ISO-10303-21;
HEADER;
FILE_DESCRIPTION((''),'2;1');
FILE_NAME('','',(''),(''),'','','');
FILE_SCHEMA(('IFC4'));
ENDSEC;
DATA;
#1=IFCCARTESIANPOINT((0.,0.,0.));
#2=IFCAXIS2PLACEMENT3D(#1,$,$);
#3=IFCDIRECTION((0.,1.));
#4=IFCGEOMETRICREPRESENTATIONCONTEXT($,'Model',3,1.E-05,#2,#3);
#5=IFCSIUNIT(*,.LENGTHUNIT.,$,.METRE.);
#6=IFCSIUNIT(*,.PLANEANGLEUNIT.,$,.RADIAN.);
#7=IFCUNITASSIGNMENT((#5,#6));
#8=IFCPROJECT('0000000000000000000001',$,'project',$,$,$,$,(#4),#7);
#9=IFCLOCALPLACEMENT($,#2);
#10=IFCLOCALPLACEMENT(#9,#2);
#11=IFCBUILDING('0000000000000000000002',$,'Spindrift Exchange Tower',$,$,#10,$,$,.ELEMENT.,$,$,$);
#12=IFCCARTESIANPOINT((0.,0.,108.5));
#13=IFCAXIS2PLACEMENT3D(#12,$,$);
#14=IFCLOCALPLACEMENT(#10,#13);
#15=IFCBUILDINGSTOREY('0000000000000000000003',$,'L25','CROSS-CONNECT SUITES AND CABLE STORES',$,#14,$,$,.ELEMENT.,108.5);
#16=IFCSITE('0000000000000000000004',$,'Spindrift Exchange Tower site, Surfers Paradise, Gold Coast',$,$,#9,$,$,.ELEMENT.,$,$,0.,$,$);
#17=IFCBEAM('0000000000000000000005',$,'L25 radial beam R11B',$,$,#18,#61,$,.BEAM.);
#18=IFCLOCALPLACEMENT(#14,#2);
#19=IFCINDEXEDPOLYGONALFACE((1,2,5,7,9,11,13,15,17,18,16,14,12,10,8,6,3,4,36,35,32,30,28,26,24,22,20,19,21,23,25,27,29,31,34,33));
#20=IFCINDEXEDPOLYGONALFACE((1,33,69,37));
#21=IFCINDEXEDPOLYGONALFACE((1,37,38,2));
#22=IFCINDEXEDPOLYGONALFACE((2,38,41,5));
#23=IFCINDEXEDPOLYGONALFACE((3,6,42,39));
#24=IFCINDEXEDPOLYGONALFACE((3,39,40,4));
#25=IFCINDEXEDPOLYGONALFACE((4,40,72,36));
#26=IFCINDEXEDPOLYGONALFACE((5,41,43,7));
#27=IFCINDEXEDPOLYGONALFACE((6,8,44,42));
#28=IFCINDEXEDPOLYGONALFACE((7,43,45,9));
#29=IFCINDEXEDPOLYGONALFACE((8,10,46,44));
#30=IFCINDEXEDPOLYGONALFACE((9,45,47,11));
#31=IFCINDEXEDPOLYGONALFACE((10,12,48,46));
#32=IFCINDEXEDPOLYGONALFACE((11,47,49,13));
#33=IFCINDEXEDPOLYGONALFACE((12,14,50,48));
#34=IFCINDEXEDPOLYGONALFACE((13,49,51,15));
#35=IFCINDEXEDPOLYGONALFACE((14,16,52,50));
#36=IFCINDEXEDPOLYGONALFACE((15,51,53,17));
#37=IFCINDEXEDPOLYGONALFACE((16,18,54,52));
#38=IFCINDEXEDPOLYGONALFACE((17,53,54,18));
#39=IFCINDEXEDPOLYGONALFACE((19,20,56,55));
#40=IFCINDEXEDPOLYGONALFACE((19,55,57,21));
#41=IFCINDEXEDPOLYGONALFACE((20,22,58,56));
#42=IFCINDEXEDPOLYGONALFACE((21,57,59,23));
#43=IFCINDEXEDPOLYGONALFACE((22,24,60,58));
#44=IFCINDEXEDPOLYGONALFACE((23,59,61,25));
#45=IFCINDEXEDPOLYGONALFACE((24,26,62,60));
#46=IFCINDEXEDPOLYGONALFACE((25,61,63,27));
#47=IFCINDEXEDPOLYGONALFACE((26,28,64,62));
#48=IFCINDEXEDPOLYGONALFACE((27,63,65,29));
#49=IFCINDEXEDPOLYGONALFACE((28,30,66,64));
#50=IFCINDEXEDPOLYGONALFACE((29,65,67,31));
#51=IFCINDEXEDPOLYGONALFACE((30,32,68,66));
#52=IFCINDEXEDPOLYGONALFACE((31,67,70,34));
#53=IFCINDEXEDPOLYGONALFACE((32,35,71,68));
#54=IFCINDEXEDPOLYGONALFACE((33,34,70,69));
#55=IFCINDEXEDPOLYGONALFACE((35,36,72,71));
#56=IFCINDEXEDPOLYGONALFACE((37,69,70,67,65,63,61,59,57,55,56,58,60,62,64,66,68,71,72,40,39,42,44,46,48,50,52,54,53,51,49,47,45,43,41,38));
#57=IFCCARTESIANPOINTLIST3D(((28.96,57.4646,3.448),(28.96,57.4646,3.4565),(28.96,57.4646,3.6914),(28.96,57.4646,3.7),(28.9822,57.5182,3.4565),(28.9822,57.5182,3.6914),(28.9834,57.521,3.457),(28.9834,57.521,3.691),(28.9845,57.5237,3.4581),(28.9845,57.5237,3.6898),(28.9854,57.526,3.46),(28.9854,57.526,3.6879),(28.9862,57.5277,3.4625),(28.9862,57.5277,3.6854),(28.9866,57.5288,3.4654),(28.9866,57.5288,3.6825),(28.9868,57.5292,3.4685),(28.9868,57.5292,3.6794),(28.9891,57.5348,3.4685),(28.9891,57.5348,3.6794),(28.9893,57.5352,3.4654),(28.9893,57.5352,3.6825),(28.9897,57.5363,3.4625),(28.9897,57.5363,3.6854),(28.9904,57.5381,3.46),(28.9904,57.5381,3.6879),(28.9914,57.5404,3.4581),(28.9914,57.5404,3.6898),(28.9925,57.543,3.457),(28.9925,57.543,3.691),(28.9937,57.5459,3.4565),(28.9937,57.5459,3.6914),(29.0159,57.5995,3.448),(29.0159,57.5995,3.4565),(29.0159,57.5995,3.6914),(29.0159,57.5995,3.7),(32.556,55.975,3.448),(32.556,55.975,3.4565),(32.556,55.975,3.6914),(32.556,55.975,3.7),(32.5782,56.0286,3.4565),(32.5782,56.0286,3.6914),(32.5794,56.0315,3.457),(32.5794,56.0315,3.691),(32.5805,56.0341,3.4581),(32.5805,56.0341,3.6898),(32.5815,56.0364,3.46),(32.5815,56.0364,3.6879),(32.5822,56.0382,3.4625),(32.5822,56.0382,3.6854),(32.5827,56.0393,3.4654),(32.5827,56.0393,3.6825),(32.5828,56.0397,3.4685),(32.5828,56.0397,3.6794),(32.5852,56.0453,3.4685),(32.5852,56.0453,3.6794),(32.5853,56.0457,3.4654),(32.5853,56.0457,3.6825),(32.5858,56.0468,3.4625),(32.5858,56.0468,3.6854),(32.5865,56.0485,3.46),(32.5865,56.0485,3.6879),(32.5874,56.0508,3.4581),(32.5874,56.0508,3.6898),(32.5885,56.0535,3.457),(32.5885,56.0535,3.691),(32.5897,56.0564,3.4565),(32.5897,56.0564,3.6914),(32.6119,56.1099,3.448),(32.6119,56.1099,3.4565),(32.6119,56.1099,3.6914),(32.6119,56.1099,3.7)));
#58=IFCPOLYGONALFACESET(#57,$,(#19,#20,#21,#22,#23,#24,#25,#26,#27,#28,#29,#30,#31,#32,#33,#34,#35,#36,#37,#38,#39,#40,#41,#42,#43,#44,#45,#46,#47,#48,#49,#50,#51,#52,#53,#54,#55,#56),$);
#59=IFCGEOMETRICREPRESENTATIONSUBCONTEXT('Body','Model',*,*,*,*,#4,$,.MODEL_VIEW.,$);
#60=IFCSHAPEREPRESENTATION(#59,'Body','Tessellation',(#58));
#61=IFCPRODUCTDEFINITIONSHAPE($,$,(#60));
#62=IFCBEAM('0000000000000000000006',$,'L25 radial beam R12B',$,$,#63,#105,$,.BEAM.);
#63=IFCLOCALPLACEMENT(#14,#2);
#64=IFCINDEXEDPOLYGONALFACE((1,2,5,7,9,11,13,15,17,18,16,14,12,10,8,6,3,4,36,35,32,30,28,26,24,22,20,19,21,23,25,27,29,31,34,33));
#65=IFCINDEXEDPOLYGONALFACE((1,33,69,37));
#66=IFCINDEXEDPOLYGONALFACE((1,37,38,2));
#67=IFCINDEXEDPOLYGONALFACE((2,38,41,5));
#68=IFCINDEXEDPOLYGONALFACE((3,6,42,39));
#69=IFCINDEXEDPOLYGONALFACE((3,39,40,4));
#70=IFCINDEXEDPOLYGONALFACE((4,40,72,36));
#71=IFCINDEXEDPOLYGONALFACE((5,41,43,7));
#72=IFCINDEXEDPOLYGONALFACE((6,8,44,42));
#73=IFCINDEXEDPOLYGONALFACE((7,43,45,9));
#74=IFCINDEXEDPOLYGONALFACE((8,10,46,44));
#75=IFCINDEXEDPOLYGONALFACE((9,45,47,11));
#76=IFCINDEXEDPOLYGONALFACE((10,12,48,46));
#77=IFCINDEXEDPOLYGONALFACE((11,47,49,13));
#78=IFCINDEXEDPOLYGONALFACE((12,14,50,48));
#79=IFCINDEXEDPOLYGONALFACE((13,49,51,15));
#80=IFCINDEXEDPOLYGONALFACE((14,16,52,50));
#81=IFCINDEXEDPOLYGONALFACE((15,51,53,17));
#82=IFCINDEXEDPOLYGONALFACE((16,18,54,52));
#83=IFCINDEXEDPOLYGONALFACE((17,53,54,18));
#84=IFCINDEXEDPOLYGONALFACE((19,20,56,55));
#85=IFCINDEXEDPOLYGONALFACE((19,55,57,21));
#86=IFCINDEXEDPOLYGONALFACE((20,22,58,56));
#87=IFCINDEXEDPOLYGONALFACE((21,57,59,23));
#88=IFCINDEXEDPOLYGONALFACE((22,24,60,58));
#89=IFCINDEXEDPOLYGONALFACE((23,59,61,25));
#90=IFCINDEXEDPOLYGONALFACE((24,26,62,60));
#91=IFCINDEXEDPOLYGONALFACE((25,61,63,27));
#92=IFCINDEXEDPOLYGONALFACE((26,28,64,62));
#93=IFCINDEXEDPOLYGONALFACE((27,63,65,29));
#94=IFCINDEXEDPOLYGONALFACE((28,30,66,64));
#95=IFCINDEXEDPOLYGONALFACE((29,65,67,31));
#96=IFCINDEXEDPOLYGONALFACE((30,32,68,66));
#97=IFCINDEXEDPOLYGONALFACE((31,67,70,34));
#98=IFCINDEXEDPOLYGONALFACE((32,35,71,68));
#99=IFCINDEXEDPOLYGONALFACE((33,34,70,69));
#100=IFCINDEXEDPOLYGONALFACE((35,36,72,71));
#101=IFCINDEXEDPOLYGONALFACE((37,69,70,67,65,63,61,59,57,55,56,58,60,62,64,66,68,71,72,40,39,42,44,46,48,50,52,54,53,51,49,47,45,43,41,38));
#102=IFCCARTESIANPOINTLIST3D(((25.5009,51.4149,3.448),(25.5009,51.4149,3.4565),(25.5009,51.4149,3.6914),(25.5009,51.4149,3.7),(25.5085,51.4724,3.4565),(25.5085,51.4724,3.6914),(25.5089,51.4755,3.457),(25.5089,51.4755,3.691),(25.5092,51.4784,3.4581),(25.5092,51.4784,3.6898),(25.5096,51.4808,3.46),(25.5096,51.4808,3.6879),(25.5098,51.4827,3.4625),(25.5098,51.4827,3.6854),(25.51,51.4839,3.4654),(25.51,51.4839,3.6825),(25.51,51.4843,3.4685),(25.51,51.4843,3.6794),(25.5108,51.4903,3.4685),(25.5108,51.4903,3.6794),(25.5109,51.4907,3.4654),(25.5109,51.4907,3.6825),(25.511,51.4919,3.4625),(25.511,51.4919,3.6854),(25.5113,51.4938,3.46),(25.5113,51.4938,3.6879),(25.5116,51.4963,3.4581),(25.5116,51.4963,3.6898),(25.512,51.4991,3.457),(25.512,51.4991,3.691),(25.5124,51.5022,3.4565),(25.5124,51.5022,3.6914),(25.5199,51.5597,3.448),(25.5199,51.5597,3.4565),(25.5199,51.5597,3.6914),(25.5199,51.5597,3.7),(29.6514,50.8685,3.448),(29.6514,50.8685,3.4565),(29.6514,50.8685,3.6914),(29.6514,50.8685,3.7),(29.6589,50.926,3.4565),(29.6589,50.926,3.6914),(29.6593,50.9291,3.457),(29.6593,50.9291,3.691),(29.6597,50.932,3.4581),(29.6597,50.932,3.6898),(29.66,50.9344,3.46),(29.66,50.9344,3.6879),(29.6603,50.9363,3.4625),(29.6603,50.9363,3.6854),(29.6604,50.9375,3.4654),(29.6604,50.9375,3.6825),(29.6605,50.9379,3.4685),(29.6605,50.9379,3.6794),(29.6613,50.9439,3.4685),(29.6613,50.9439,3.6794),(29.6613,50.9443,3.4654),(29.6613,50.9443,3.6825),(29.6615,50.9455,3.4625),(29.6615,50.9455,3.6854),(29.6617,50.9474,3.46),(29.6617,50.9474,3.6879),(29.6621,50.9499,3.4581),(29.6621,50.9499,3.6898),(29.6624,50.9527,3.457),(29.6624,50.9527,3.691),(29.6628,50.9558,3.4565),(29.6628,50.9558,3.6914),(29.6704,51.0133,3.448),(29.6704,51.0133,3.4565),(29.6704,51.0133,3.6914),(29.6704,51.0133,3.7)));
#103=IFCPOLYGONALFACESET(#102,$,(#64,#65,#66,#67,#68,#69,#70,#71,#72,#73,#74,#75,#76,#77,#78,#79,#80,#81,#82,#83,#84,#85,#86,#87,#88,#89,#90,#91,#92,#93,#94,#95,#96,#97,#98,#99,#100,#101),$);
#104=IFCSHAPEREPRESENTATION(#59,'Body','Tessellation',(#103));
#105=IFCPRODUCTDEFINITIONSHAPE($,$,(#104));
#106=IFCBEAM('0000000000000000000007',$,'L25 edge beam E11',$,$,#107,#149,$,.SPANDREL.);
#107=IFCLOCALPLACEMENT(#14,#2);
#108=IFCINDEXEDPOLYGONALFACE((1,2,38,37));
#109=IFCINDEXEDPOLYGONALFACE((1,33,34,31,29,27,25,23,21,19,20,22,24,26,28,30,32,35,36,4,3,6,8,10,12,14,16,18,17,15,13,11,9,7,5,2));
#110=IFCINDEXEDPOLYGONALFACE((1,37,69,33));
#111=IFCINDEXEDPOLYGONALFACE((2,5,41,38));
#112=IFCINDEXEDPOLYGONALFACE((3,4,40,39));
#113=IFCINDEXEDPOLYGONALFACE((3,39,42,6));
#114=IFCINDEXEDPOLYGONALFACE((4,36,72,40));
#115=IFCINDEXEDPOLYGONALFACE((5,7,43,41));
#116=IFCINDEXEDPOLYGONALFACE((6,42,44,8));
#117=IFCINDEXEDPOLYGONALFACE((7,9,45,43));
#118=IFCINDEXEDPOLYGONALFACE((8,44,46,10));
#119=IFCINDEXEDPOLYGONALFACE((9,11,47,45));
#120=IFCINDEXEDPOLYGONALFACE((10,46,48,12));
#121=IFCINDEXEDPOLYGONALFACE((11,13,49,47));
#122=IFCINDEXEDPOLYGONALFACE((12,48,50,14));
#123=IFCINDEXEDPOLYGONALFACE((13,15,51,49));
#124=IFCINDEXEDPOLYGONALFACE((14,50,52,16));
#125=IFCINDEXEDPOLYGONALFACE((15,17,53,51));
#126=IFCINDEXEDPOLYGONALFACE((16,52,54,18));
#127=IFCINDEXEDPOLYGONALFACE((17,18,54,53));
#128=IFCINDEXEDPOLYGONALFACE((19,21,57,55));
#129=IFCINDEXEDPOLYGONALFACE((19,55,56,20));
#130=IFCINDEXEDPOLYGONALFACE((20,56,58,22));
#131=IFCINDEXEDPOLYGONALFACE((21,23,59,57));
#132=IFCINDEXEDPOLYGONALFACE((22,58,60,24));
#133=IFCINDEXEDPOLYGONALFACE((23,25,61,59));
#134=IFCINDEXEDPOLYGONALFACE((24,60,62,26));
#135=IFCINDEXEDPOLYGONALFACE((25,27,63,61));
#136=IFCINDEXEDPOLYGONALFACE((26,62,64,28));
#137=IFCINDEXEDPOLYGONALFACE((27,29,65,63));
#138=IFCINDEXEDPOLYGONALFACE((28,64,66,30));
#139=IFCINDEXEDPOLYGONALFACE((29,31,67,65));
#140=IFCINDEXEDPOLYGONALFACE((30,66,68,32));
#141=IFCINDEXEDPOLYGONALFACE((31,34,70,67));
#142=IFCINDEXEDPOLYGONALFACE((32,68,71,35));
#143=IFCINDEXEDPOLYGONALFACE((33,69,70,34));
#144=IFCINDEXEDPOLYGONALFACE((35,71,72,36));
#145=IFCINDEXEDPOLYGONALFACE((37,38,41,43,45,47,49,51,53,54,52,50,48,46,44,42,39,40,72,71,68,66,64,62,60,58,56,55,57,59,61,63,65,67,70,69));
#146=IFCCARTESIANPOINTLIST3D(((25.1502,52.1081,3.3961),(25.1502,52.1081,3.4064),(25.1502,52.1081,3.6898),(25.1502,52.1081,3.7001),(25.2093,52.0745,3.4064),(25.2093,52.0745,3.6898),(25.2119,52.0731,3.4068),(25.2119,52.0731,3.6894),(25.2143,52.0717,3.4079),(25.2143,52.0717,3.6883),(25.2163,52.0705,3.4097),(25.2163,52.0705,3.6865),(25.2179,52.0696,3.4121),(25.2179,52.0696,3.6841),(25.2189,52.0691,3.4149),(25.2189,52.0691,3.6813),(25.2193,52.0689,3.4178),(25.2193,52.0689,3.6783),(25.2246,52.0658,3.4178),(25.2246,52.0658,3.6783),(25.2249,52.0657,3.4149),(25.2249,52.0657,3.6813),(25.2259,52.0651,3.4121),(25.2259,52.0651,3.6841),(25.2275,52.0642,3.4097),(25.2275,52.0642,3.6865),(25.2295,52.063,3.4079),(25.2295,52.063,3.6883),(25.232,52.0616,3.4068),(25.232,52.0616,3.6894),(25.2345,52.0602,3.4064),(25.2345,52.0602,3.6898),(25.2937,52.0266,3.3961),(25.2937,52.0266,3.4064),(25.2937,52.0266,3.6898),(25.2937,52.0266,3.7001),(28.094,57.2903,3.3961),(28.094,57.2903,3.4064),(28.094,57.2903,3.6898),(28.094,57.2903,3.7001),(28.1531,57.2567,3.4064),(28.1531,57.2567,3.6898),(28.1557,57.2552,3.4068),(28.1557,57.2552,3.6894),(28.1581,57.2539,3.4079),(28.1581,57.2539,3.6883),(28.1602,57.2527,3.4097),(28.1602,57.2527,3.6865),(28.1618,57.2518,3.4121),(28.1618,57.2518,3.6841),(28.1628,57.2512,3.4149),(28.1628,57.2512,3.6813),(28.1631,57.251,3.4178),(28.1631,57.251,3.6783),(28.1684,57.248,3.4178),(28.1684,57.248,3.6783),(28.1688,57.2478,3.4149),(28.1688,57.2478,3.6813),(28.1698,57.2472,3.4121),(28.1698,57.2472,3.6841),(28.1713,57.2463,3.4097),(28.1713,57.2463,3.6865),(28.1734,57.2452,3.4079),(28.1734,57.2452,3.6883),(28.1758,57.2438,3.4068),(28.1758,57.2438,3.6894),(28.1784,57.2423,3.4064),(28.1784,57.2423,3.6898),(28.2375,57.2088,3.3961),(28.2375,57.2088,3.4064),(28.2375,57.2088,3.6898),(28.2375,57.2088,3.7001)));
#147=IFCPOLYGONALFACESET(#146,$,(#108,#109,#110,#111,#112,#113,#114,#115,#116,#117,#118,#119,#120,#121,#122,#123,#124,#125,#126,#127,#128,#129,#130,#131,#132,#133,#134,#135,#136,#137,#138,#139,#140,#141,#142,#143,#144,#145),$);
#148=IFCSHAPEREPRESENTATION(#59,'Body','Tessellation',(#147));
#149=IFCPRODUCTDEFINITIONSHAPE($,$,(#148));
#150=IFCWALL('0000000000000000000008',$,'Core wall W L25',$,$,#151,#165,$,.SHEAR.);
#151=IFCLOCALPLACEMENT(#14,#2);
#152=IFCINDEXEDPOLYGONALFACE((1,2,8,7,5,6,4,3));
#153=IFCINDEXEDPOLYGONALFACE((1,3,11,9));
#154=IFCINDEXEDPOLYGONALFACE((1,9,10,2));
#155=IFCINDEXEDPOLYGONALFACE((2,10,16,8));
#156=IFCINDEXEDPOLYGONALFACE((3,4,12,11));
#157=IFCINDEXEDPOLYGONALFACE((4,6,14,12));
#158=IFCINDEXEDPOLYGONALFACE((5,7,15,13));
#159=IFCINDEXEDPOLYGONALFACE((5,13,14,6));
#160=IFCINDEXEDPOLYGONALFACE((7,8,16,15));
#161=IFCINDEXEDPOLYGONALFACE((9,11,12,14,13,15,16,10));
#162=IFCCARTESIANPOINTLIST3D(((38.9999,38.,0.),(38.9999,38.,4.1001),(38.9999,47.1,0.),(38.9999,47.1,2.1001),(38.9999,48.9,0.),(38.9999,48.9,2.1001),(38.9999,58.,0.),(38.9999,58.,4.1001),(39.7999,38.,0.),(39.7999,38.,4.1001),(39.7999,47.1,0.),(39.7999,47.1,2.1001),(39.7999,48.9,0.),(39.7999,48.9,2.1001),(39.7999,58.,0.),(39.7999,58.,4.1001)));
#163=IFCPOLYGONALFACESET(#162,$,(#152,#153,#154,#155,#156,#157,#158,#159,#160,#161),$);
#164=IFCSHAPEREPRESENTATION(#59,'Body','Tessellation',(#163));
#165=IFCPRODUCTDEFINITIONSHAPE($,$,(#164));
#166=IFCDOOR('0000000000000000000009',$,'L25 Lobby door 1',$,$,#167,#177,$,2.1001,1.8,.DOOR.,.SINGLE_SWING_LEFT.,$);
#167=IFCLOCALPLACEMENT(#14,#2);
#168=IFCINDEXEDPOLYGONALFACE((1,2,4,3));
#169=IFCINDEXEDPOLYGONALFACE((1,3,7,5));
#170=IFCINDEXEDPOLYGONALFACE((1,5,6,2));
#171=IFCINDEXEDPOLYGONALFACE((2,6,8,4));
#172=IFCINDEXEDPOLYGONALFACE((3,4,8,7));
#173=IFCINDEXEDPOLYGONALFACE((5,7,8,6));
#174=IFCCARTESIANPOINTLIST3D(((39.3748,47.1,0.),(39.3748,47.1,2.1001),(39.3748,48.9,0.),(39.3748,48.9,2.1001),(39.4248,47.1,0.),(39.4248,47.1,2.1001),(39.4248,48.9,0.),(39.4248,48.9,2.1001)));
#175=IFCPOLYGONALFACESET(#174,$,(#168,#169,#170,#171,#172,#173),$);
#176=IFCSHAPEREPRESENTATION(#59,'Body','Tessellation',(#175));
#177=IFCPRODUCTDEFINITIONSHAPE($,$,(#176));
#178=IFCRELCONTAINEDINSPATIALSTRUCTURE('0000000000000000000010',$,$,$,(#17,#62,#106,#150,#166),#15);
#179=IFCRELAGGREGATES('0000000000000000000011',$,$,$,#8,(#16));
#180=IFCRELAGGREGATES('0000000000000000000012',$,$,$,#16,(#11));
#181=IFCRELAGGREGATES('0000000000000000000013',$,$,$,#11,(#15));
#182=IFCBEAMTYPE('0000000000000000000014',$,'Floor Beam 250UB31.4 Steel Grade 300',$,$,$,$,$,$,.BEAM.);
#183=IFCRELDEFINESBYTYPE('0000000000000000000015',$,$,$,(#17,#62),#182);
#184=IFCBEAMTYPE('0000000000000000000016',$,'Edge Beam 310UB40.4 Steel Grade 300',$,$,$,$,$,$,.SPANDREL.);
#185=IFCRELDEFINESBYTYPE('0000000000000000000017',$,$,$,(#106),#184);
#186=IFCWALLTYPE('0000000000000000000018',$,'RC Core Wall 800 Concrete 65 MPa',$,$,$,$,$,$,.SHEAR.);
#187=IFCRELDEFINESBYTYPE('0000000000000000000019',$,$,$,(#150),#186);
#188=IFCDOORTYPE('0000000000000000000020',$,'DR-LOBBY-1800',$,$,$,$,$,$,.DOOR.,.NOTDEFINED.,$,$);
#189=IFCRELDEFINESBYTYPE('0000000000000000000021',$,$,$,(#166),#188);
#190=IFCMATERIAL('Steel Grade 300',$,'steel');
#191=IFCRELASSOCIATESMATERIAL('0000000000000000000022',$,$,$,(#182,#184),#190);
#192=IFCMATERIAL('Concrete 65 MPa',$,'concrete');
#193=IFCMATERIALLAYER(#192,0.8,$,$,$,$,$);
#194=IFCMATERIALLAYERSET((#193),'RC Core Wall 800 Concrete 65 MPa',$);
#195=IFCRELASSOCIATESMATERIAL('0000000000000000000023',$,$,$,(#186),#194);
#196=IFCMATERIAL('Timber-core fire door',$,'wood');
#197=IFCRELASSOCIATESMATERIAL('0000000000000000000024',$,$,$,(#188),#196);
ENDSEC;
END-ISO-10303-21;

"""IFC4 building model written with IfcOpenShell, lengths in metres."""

from ifc_helpers import new_model, si_unit, direction, frame, frame_2d, origin, origin_2d, place, context, subcontext, project, spatial, rectangle, i_section, extrude, source, transform, mapped, material, layer, layer_set, material_profile, profile_set, type_object, element, fill, save


model = new_model("IFC4")

# Units and contexts
model_context = context("Model", 3, precision=1e-05, world=origin(), true_north=direction((0.0, 1.0)))
body_context = subcontext(model_context, "Body", "Model", "MODEL_VIEW")
ifc_project = project(units=[si_unit("LENGTHUNIT", "METRE"), si_unit("PLANEANGLEUNIT", "RADIAN")], contexts=[model_context])

# Site, building, storey
site_placement = place(None, origin())
site = spatial("IfcSite", under=ifc_project, at=site_placement, Name="Spindrift Exchange Tower site, Surfers Paradise, Gold Coast", CompositionType="ELEMENT", RefElevation=0.0)
building_placement = place(site_placement, origin())
building = spatial("IfcBuilding", under=site, at=building_placement, Name="Spindrift Exchange Tower", CompositionType="ELEMENT")
storey_placement = place(building_placement, frame((0.0, 0.0, 108.5)))
storey = spatial("IfcBuildingStorey", under=building, at=storey_placement, Name="L25", Description="CROSS-CONNECT SUITES AND CABLE STORES", CompositionType="ELEMENT", Elevation=108.5)

# Shared definitions
ifc_material_1 = material(Name="Concrete 65 MPa", Category="concrete")

# Beams
ifc_material_2 = material(Name="Steel Grade 300", Category="steel")
ifc_material_profile_1 = material_profile(ifc_material_2, i_section(OverallWidth=0.146, OverallDepth=0.252, WebThickness=0.0061, FlangeThickness=0.0085, FilletRadius=0.012, at=origin_2d()), Name="250UB31.4")
ifc_profile_set_1 = profile_set([ifc_material_profile_1], Name="Steel Grade 300")
beam_type_1 = type_object("IfcBeamType", Name="Floor Beam 250UB31.4 Steel Grade 300", PredefinedType="BEAM", material=ifc_profile_set_1)
shared_shape_1 = source(origin(), body_context, "Body", "SweptSolid", [
    extrude(i_section(OverallWidth=0.146, OverallDepth=0.252, WebThickness=0.0061, FlangeThickness=0.0085, FilletRadius=0.012, at=origin_2d()), origin(), (0.0, 0.0, 1.0), 3.8923),
])
beam_1_placement = place(storey_placement, frame((32.584, 56.0425, 3.574), z_axis=(-0.923878, 0.382686, 0.0), x_axis=(-0.382686, -0.923878, 0.0)))
element("IfcBeam", 1, at=beam_1_placement, inside=storey, type_object=beam_type_1, Name="L25 radial beam R11B", PredefinedType="BEAM", context=body_context, shape_type="MappedRepresentation", body=[
    mapped(shared_shape_1, transform((0.0, 0.0, 0.0), scale=1.0)),
])
shared_shape_2 = source(origin(), body_context, "Body", "SweptSolid", [
    extrude(i_section(OverallWidth=0.146, OverallDepth=0.252, WebThickness=0.0061, FlangeThickness=0.0085, FilletRadius=0.012, at=origin_2d()), origin(), (0.0, 0.0, 1.0), 4.1863),
])
beam_2_placement = place(storey_placement, frame((29.6609, 50.9409, 3.574), z_axis=(-0.991446, 0.130521, 0.0), x_axis=(-0.130521, -0.991446, 0.0)))
element("IfcBeam", 2, at=beam_2_placement, inside=storey, type_object=beam_type_1, Name="L25 radial beam R12B", PredefinedType="BEAM", context=body_context, shape_type="MappedRepresentation", body=[
    mapped(shared_shape_2, transform((0.0, 0.0, 0.0), scale=1.0)),
])
ifc_material_profile_2 = material_profile(ifc_material_2, i_section(OverallWidth=0.165, OverallDepth=0.304, WebThickness=0.0061, FlangeThickness=0.0103, FilletRadius=0.0115, at=origin_2d()), Name="310UB40.4")
ifc_profile_set_2 = profile_set([ifc_material_profile_2], Name="Steel Grade 300")
beam_type_2 = type_object("IfcBeamType", Name="Edge Beam 310UB40.4 Steel Grade 300", PredefinedType="SPANDREL", material=ifc_profile_set_2)
shared_shape_3 = source(origin(), body_context, "Body", "SweptSolid", [
    extrude(i_section(OverallWidth=0.165, OverallDepth=0.304, WebThickness=0.0061, FlangeThickness=0.0103, FilletRadius=0.0115, at=origin_2d()), origin(), (0.0, 0.0, 1.0), 5.96),
])
beam_3_placement = place(storey_placement, frame((28.1658, 57.2495, 3.5481), z_axis=(-0.49394, -0.869496, 0.0), x_axis=(0.869496, -0.49394, 0.0)))
element("IfcBeam", 3, at=beam_3_placement, inside=storey, type_object=beam_type_2, Name="L25 edge beam E11", PredefinedType="SPANDREL", context=body_context, shape_type="MappedRepresentation", body=[
    mapped(shared_shape_3, transform((0.0, 0.0, 0.0), scale=1.0)),
])

# Wall, opening, door
ifc_layer_1 = layer(ifc_material_1, 0.8)
ifc_layer_set_1 = layer_set([ifc_layer_1], Name="RC Core Wall 800 Concrete 65 MPa")
wall_type_1 = type_object("IfcWallType", Name="RC Core Wall 800 Concrete 65 MPa", PredefinedType="SHEAR", material=ifc_layer_set_1)
wall_1_placement = place(storey_placement, frame((39.3999, 58.0, 0.0), z_axis=(0.0, 0.0, 1.0), x_axis=(0.0, -1.0, 0.0)))
wall_1 = element("IfcWall", 4, at=wall_1_placement, inside=storey, type_object=wall_type_1, Name="Core wall W L25", PredefinedType="SHEAR", context=body_context, shape_type="SweptSolid", body=[
    extrude(rectangle(XDim=20.0, YDim=0.8, at=frame_2d((10.0, 0.0))), origin(), (0.0, 0.0, 1.0), 4.1001),
])
opening_1_placement = place(wall_1_placement, frame((9.1001, 0.0, 0.0)))
opening_1 = element("IfcOpeningElement", 5, at=opening_1_placement, cuts=wall_1, PredefinedType="OPENING", context=body_context, shape_type="SweptSolid", body=[
    extrude(rectangle(XDim=1.8, YDim=2.1001, at=frame_2d((0.8999, 1.05))), frame((0.0, 0.4099, 0.0), z_axis=(0.0, -1.0, 0.0), x_axis=(1.0, 0.0, 0.0)), (0.0, 0.0, 1.0), 0.8201),
])
ifc_material_3 = material(Name="Timber-core fire door", Category="wood")
door_type_1 = type_object("IfcDoorType", Name="DR-LOBBY-1800", OperationType="NOTDEFINED", PredefinedType="DOOR", material=ifc_material_3)
shared_shape_4 = source(origin(), body_context, "Body", "SweptSolid", [
    extrude(rectangle(XDim=1.8, YDim=2.1001, at=frame_2d((0.8999, 1.05))), frame((0.0, 0.0249, 0.0), z_axis=(0.0, -1.0, 0.0), x_axis=(1.0, 0.0, 0.0)), (0.0, 0.0, 1.0), 0.05),
])
door_1_placement = place(opening_1_placement, origin())
door_1 = element("IfcDoor", 6, at=door_1_placement, inside=storey, type_object=door_type_1, Name="L25 Lobby door 1", OperationType="SINGLE_SWING_LEFT", OverallHeight=2.1001, OverallWidth=1.8, PredefinedType="DOOR", context=body_context, shape_type="MappedRepresentation", body=[
    mapped(shared_shape_4, transform((0.0, 0.0, 0.0), scale=1.0)),
])
fill(opening_1, door_1)

save(model, "model.ifc")
